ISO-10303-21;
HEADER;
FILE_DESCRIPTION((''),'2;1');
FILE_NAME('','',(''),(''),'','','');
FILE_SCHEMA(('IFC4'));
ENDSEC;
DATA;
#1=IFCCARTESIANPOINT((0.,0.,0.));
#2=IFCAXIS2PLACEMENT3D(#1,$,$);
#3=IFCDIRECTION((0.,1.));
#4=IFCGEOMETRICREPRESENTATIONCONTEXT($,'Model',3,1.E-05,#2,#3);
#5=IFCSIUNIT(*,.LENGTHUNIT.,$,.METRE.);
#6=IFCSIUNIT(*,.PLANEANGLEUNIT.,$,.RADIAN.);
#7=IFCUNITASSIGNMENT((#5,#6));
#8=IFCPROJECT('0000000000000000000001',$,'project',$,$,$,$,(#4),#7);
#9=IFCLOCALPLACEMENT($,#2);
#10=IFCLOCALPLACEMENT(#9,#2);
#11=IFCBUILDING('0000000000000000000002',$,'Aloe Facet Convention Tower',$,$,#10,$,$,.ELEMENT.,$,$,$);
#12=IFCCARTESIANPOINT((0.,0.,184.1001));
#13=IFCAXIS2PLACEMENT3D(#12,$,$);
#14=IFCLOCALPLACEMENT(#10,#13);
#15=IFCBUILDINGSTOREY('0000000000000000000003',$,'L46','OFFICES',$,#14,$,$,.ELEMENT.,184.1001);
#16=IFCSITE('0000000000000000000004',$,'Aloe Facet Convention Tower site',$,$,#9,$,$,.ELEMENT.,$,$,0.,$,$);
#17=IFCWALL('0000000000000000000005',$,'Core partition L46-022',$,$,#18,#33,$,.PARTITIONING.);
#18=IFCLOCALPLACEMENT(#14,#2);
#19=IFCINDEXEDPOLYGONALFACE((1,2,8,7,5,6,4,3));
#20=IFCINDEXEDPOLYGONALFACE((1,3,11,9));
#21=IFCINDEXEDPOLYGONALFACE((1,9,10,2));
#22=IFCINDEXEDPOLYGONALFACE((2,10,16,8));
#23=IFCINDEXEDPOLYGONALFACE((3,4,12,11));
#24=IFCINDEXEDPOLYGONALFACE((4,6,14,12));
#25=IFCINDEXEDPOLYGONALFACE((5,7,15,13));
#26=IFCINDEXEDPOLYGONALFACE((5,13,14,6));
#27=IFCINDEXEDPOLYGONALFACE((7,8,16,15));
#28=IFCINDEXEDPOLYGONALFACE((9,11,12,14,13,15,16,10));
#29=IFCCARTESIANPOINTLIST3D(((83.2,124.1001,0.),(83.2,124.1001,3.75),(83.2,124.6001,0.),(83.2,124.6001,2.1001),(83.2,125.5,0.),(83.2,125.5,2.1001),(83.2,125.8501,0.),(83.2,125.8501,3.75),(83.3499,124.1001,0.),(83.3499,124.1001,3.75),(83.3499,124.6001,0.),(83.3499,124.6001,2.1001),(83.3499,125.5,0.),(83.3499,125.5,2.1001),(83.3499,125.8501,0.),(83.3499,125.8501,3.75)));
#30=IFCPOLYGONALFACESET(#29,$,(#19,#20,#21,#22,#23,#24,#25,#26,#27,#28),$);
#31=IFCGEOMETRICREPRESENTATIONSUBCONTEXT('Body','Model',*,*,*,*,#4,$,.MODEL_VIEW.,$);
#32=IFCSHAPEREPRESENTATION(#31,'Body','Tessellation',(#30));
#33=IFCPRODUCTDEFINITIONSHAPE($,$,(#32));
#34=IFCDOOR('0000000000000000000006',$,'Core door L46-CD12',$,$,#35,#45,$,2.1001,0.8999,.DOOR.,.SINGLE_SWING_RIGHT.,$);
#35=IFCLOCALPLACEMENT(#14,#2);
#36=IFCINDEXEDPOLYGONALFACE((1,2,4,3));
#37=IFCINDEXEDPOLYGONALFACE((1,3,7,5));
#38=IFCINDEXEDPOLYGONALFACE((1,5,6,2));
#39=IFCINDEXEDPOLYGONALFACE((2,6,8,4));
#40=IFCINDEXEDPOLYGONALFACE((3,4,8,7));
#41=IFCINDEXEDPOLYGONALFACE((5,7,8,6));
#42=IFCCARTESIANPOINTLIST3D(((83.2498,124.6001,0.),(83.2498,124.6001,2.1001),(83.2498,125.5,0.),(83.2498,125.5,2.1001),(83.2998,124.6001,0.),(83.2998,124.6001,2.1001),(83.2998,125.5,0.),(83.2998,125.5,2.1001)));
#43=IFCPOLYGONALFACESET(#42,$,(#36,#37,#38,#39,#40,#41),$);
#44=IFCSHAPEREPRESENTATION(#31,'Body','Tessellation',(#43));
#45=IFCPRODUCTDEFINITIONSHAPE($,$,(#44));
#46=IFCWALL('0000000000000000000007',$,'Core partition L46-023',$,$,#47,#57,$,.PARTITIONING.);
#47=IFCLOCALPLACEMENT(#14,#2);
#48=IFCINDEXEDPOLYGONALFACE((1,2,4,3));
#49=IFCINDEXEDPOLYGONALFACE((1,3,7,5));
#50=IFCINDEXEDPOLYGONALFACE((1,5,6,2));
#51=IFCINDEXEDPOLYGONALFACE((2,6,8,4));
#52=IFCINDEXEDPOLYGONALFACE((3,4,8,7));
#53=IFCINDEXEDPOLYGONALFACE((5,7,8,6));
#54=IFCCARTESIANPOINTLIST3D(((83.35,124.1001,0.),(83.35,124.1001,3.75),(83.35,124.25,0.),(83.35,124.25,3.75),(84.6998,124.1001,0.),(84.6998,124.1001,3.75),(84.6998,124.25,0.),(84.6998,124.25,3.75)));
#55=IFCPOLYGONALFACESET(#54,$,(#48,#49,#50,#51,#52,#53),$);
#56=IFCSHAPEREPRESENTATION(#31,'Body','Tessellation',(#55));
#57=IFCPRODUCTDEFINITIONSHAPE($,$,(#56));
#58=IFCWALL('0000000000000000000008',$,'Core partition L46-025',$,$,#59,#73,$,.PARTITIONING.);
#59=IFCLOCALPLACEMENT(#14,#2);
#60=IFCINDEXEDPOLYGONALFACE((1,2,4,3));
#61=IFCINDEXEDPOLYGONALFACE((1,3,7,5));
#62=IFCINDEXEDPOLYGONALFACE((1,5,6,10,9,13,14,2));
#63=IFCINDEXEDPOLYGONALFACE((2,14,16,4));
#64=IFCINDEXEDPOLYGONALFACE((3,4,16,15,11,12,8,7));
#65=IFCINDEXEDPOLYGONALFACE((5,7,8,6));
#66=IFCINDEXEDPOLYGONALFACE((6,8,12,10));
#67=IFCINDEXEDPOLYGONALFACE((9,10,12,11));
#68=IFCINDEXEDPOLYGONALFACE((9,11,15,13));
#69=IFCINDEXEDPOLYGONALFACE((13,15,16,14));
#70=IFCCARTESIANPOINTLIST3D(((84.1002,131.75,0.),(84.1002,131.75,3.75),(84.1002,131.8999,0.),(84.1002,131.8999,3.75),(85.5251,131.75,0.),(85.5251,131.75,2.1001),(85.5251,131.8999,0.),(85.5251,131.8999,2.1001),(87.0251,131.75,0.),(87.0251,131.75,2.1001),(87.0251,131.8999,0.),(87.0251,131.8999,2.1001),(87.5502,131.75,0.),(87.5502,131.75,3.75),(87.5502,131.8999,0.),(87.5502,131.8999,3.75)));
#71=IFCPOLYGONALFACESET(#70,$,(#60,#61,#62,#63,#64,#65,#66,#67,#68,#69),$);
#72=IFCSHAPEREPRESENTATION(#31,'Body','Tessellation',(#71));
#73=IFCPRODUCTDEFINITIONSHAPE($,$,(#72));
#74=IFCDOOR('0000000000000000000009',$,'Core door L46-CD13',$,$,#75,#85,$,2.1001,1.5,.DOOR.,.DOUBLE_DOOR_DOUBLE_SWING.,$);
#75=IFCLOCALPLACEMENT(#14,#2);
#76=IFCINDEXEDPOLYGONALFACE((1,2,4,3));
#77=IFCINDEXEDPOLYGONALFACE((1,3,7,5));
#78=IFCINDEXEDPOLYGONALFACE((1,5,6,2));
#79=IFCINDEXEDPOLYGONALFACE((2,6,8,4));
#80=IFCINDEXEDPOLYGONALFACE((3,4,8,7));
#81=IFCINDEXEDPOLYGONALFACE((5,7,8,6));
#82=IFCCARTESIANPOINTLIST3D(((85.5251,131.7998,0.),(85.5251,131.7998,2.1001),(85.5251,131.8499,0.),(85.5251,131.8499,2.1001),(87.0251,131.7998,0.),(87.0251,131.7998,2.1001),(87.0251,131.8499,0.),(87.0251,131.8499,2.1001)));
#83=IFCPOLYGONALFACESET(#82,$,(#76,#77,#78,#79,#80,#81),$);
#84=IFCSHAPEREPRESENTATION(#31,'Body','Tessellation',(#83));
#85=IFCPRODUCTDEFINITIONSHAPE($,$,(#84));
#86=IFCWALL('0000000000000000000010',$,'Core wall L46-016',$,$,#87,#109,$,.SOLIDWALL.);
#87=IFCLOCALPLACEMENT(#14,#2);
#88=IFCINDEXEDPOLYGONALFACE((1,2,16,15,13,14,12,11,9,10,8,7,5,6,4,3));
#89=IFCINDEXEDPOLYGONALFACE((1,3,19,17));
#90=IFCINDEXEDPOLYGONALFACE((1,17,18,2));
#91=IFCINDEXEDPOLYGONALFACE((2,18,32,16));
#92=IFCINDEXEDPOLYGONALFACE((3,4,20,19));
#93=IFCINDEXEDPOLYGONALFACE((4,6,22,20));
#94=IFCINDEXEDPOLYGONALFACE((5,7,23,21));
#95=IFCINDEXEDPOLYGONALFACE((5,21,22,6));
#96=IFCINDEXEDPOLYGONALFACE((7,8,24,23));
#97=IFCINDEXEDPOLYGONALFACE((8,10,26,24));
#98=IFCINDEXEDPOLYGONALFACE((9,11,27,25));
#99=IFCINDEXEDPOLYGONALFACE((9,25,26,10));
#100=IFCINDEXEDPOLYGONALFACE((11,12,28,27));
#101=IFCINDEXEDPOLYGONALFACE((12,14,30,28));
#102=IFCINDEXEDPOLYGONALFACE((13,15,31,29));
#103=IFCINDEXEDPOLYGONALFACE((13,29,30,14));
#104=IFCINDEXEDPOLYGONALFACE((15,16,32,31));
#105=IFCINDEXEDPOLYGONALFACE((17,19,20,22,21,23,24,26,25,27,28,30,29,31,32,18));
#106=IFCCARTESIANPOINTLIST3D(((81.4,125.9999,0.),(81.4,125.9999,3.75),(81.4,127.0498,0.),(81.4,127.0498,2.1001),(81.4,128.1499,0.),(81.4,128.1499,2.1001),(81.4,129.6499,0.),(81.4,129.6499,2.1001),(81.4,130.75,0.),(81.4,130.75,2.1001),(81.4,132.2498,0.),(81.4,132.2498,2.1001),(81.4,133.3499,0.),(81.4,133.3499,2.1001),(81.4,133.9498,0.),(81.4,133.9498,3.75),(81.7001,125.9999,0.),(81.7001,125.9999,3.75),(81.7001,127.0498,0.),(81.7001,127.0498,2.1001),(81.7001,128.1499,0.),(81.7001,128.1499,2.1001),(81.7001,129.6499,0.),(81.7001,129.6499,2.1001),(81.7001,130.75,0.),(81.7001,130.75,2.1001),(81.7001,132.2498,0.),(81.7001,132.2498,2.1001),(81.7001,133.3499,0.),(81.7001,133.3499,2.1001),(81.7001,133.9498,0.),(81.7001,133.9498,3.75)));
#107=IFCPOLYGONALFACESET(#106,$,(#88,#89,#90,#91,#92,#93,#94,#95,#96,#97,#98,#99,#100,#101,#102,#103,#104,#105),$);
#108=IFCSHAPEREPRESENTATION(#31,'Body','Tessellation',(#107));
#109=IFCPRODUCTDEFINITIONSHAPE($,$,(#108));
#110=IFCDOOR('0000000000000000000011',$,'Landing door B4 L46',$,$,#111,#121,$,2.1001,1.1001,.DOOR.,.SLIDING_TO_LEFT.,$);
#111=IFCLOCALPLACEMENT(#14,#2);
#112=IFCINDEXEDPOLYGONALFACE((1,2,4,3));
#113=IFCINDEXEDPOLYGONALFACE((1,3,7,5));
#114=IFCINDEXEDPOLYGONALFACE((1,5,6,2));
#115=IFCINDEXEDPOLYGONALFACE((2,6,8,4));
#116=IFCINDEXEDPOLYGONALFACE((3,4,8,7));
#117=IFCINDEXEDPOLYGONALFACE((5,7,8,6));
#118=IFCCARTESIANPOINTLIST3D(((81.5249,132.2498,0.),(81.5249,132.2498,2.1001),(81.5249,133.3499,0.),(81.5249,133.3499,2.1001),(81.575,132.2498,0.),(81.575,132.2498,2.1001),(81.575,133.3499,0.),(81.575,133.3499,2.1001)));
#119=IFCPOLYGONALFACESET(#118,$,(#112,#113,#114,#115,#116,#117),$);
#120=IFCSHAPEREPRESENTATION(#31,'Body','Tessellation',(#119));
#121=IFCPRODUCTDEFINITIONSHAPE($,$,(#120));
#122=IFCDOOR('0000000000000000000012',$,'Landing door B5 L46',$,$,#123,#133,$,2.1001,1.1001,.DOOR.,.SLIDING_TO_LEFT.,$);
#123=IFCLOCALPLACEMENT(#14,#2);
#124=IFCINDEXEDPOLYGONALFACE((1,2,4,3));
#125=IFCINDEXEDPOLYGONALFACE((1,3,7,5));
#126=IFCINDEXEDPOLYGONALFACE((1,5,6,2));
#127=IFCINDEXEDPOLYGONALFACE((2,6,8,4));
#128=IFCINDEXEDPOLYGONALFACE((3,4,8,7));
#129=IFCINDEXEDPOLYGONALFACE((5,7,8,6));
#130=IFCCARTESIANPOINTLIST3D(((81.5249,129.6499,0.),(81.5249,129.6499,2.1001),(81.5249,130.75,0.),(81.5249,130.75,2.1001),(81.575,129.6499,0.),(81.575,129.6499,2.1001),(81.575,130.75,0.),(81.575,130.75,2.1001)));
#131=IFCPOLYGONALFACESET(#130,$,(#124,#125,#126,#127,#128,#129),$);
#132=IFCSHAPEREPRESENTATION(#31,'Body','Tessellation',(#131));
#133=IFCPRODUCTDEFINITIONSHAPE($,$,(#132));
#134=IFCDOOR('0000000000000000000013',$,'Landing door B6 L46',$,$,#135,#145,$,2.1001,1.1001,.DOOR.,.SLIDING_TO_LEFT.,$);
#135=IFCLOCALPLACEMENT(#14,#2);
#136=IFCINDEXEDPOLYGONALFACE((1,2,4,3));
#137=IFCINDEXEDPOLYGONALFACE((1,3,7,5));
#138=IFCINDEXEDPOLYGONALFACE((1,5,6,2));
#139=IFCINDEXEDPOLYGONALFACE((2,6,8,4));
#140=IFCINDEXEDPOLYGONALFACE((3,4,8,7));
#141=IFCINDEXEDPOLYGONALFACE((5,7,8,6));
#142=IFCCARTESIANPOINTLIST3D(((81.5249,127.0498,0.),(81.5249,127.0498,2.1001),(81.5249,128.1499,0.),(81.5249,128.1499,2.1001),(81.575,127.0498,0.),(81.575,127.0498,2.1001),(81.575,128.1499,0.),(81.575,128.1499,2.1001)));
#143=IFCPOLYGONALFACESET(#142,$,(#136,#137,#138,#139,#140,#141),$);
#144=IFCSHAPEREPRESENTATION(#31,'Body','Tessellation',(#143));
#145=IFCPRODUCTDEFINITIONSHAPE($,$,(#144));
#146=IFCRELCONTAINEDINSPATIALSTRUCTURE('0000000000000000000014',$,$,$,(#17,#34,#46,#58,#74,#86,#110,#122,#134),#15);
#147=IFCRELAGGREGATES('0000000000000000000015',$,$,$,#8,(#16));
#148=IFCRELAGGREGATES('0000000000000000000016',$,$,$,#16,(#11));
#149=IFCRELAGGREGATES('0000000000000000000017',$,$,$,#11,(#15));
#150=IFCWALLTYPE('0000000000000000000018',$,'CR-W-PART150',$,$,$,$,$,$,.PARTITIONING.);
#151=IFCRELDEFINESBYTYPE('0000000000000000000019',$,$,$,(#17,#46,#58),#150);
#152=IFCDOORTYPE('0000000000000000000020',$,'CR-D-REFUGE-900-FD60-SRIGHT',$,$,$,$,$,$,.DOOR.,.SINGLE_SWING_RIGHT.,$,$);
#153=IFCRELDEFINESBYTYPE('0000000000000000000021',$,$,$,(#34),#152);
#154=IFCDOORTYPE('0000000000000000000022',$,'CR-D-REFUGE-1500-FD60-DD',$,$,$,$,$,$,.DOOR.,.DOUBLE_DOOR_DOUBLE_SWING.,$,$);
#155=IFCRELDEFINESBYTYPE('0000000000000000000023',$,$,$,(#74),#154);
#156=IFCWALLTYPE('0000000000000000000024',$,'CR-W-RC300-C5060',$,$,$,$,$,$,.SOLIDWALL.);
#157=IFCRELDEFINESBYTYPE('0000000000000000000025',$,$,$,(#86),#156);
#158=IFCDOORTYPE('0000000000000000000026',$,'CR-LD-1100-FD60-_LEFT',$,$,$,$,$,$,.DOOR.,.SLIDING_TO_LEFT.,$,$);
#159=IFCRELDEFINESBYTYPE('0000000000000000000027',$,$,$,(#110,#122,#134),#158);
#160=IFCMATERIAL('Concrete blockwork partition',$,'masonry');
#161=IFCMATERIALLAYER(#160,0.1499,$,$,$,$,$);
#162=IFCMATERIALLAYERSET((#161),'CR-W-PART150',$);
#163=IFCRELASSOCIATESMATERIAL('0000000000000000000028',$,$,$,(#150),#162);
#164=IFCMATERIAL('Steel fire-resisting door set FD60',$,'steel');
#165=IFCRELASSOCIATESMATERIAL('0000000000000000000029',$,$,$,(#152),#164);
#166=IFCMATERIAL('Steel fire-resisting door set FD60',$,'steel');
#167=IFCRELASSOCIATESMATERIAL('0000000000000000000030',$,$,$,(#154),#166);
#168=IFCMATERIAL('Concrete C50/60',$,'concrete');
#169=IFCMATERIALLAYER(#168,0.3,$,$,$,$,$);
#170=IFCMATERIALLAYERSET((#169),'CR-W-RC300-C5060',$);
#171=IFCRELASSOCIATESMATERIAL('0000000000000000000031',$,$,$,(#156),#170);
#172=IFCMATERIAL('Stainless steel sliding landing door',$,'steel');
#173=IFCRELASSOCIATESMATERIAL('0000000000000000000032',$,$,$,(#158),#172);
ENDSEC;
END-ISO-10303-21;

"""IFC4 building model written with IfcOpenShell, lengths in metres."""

from ifc_helpers import new_model, si_unit, direction, frame, frame_2d, origin, place, context, subcontext, project, spatial, rectangle, extrude, material, layer, layer_set, type_object, element, fill, save


model = new_model("IFC4")

# Units and contexts
model_context = context("Model", 3, precision=1e-05, world=origin(), true_north=direction((0.0, 1.0)))
body_context = subcontext(model_context, "Body", "Model", "MODEL_VIEW")
ifc_project = project(units=[si_unit("LENGTHUNIT", "METRE"), si_unit("PLANEANGLEUNIT", "RADIAN")], contexts=[model_context])

# Site, building, storey
site_placement = place(None, origin())
site = spatial("IfcSite", under=ifc_project, at=site_placement, Name="Aloe Facet Convention Tower site", CompositionType="ELEMENT", RefElevation=0.0)
building_placement = place(site_placement, origin())
building = spatial("IfcBuilding", under=site, at=building_placement, Name="Aloe Facet Convention Tower", CompositionType="ELEMENT")
storey_placement = place(building_placement, frame((0.0, 0.0, 184.1001)))
storey = spatial("IfcBuildingStorey", under=building, at=storey_placement, Name="L46", Description="OFFICES", CompositionType="ELEMENT", Elevation=184.1001)

# Wall, opening, door
ifc_material_1 = material(Name="Concrete blockwork partition", Category="masonry")
ifc_layer_1 = layer(ifc_material_1, 0.1499)
ifc_layer_set_1 = layer_set([ifc_layer_1], Name="CR-W-PART150")
wall_type_1 = type_object("IfcWallType", Name="CR-W-PART150", PredefinedType="PARTITIONING", material=ifc_layer_set_1)
wall_1_placement = place(storey_placement, frame((83.2749, 125.8501, 0.0), z_axis=(0.0, 0.0, 1.0), x_axis=(0.0, -1.0, 0.0)))
wall_1 = element("IfcWall", 1, at=wall_1_placement, inside=storey, type_object=wall_type_1, Name="Core partition L46-022", PredefinedType="PARTITIONING", context=body_context, shape_type="SweptSolid", body=[
    extrude(rectangle(XDim=1.75, YDim=0.1499, at=frame_2d((0.875, 0.0))), origin(), (0.0, 0.0, 1.0), 3.75),
])
opening_1_placement = place(wall_1_placement, frame((0.3501, 0.0, 0.0)))
opening_1 = element("IfcOpeningElement", 2, at=opening_1_placement, cuts=wall_1, PredefinedType="OPENING", context=body_context, shape_type="SweptSolid", body=[
    extrude(rectangle(XDim=0.8999, YDim=2.1001, at=frame_2d((0.45, 1.05))), frame((0.0, 0.085, 0.0), z_axis=(0.0, -1.0, 0.0), x_axis=(1.0, 0.0, 0.0)), (0.0, 0.0, 1.0), 0.1699),
])
ifc_material_2 = material(Name="Steel fire-resisting door set FD60", Category="steel")
door_type_1 = type_object("IfcDoorType", Name="CR-D-REFUGE-900-FD60-SRIGHT", OperationType="SINGLE_SWING_RIGHT", PredefinedType="DOOR", material=ifc_material_2)
door_1_placement = place(opening_1_placement, origin())
door_1 = element("IfcDoor", 3, at=door_1_placement, inside=storey, type_object=door_type_1, Name="Core door L46-CD12", OperationType="SINGLE_SWING_RIGHT", OverallHeight=2.1001, OverallWidth=0.8999, PredefinedType="DOOR", context=body_context, shape_type="SweptSolid", body=[
    extrude(rectangle(XDim=0.8999, YDim=2.1001, at=frame_2d((0.45, 1.05))), frame((0.0, 0.0249, 0.0), z_axis=(0.0, -1.0, 0.0), x_axis=(1.0, 0.0, 0.0)), (0.0, 0.0, 1.0), 0.05),
])
fill(opening_1, door_1)

# Wall
wall_2_placement = place(storey_placement, frame((83.3501, 124.175, 0.0), z_axis=(0.0, 0.0, 1.0), x_axis=(1.0, 0.0, 0.0)))
element("IfcWall", 4, at=wall_2_placement, inside=storey, type_object=wall_type_1, Name="Core partition L46-023", PredefinedType="PARTITIONING", context=body_context, shape_type="SweptSolid", body=[
    extrude(rectangle(XDim=1.3499, YDim=0.1499, at=frame_2d((0.6748, 0.0))), origin(), (0.0, 0.0, 1.0), 3.75),
])

# Wall, opening, door
wall_3_placement = place(storey_placement, frame((84.1001, 131.825, 0.0), z_axis=(0.0, 0.0, 1.0), x_axis=(1.0, 0.0, 0.0)))
wall_3 = element("IfcWall", 5, at=wall_3_placement, inside=storey, type_object=wall_type_1, Name="Core partition L46-025", PredefinedType="PARTITIONING", context=body_context, shape_type="SweptSolid", body=[
    extrude(rectangle(XDim=3.45, YDim=0.1499, at=frame_2d((1.7251, 0.0))), origin(), (0.0, 0.0, 1.0), 3.75),
])
opening_2_placement = place(wall_3_placement, frame((1.425, 0.0, 0.0)))
opening_2 = element("IfcOpeningElement", 6, at=opening_2_placement, cuts=wall_3, PredefinedType="OPENING", context=body_context, shape_type="SweptSolid", body=[
    extrude(rectangle(XDim=1.5, YDim=2.1001, at=frame_2d((0.75, 1.05))), frame((0.0, 0.085, 0.0), z_axis=(0.0, -1.0, 0.0), x_axis=(1.0, 0.0, 0.0)), (0.0, 0.0, 1.0), 0.1699),
])
ifc_material_3 = material(Name="Steel fire-resisting door set FD60", Category="steel")
door_type_2 = type_object("IfcDoorType", Name="CR-D-REFUGE-1500-FD60-DD", OperationType="DOUBLE_DOOR_DOUBLE_SWING", PredefinedType="DOOR", material=ifc_material_3)
door_2_placement = place(opening_2_placement, origin())
door_2 = element("IfcDoor", 7, at=door_2_placement, inside=storey, type_object=door_type_2, Name="Core door L46-CD13", OperationType="DOUBLE_DOOR_DOUBLE_SWING", OverallHeight=2.1001, OverallWidth=1.5, PredefinedType="DOOR", context=body_context, shape_type="SweptSolid", body=[
    extrude(rectangle(XDim=1.5, YDim=2.1001, at=frame_2d((0.75, 1.05))), frame((0.0, 0.0249, 0.0), z_axis=(0.0, -1.0, 0.0), x_axis=(1.0, 0.0, 0.0)), (0.0, 0.0, 1.0), 0.05),
])
fill(opening_2, door_2)

# Wall, openings, doors
ifc_material_4 = material(Name="Concrete C50/60", Category="concrete")
ifc_layer_2 = layer(ifc_material_4, 0.3)
ifc_layer_set_2 = layer_set([ifc_layer_2], Name="CR-W-RC300-C5060")
wall_type_2 = type_object("IfcWallType", Name="CR-W-RC300-C5060", PredefinedType="SOLIDWALL", material=ifc_layer_set_2)
wall_4_placement = place(storey_placement, frame((81.55, 133.95, 0.0), z_axis=(0.0, 0.0, 1.0), x_axis=(0.0, -1.0, 0.0)))
wall_4 = element("IfcWall", 8, at=wall_4_placement, inside=storey, type_object=wall_type_2, Name="Core wall L46-016", PredefinedType="SOLIDWALL", context=body_context, shape_type="SweptSolid", body=[
    extrude(rectangle(XDim=7.95, YDim=0.3, at=frame_2d((3.9751, 0.0))), origin(), (0.0, 0.0, 1.0), 3.75),
])
opening_3_placement = place(wall_4_placement, frame((0.6001, 0.0, 0.0)))
opening_3 = element("IfcOpeningElement", 9, at=opening_3_placement, cuts=wall_4, PredefinedType="OPENING", context=body_context, shape_type="SweptSolid", body=[
    extrude(rectangle(XDim=1.1001, YDim=2.1001, at=frame_2d((0.55, 1.05))), frame((0.0, 0.1602, 0.0), z_axis=(0.0, -1.0, 0.0), x_axis=(1.0, 0.0, 0.0)), (0.0, 0.0, 1.0), 0.3201),
])
opening_4_placement = place(wall_4_placement, frame((3.2, 0.0, 0.0)))
opening_4 = element("IfcOpeningElement", 10, at=opening_4_placement, cuts=wall_4, PredefinedType="OPENING", context=body_context, shape_type="SweptSolid", body=[
    extrude(rectangle(XDim=1.1001, YDim=2.1001, at=frame_2d((0.55, 1.05))), frame((0.0, 0.1602, 0.0), z_axis=(0.0, -1.0, 0.0), x_axis=(1.0, 0.0, 0.0)), (0.0, 0.0, 1.0), 0.3201),
])
opening_5_placement = place(wall_4_placement, frame((5.8, 0.0, 0.0)))
opening_5 = element("IfcOpeningElement", 11, at=opening_5_placement, cuts=wall_4, PredefinedType="OPENING", context=body_context, shape_type="SweptSolid", body=[
    extrude(rectangle(XDim=1.1001, YDim=2.1001, at=frame_2d((0.55, 1.05))), frame((0.0, 0.1602, 0.0), z_axis=(0.0, -1.0, 0.0), x_axis=(1.0, 0.0, 0.0)), (0.0, 0.0, 1.0), 0.3201),
])
ifc_material_5 = material(Name="Stainless steel sliding landing door", Category="steel")
door_type_3 = type_object("IfcDoorType", Name="CR-LD-1100-FD60-_LEFT", OperationType="SLIDING_TO_LEFT", PredefinedType="DOOR", material=ifc_material_5)
door_3_placement = place(opening_3_placement, origin())
door_3 = element("IfcDoor", 12, at=door_3_placement, inside=storey, type_object=door_type_3, Name="Landing door B4 L46", OperationType="SLIDING_TO_LEFT", OverallHeight=2.1001, OverallWidth=1.1001, PredefinedType="DOOR", context=body_context, shape_type="SweptSolid", body=[
    extrude(rectangle(XDim=1.1001, YDim=2.1001, at=frame_2d((0.55, 1.05))), frame((0.0, 0.0249, 0.0), z_axis=(0.0, -1.0, 0.0), x_axis=(1.0, 0.0, 0.0)), (0.0, 0.0, 1.0), 0.05),
])
fill(opening_3, door_3)
door_4_placement = place(opening_4_placement, origin())
door_4 = element("IfcDoor", 13, at=door_4_placement, inside=storey, type_object=door_type_3, Name="Landing door B5 L46", OperationType="SLIDING_TO_LEFT", OverallHeight=2.1001, OverallWidth=1.1001, PredefinedType="DOOR", context=body_context, shape_type="SweptSolid", body=[
    extrude(rectangle(XDim=1.1001, YDim=2.1001, at=frame_2d((0.55, 1.05))), frame((0.0, 0.0249, 0.0), z_axis=(0.0, -1.0, 0.0), x_axis=(1.0, 0.0, 0.0)), (0.0, 0.0, 1.0), 0.05),
])
fill(opening_4, door_4)
door_5_placement = place(opening_5_placement, origin())
door_5 = element("IfcDoor", 14, at=door_5_placement, inside=storey, type_object=door_type_3, Name="Landing door B6 L46", OperationType="SLIDING_TO_LEFT", OverallHeight=2.1001, OverallWidth=1.1001, PredefinedType="DOOR", context=body_context, shape_type="SweptSolid", body=[
    extrude(rectangle(XDim=1.1001, YDim=2.1001, at=frame_2d((0.55, 1.05))), frame((0.0, 0.0249, 0.0), z_axis=(0.0, -1.0, 0.0), x_axis=(1.0, 0.0, 0.0)), (0.0, 0.0, 1.0), 0.05),
])
fill(opening_5, door_5)

save(model, "model.ifc")
